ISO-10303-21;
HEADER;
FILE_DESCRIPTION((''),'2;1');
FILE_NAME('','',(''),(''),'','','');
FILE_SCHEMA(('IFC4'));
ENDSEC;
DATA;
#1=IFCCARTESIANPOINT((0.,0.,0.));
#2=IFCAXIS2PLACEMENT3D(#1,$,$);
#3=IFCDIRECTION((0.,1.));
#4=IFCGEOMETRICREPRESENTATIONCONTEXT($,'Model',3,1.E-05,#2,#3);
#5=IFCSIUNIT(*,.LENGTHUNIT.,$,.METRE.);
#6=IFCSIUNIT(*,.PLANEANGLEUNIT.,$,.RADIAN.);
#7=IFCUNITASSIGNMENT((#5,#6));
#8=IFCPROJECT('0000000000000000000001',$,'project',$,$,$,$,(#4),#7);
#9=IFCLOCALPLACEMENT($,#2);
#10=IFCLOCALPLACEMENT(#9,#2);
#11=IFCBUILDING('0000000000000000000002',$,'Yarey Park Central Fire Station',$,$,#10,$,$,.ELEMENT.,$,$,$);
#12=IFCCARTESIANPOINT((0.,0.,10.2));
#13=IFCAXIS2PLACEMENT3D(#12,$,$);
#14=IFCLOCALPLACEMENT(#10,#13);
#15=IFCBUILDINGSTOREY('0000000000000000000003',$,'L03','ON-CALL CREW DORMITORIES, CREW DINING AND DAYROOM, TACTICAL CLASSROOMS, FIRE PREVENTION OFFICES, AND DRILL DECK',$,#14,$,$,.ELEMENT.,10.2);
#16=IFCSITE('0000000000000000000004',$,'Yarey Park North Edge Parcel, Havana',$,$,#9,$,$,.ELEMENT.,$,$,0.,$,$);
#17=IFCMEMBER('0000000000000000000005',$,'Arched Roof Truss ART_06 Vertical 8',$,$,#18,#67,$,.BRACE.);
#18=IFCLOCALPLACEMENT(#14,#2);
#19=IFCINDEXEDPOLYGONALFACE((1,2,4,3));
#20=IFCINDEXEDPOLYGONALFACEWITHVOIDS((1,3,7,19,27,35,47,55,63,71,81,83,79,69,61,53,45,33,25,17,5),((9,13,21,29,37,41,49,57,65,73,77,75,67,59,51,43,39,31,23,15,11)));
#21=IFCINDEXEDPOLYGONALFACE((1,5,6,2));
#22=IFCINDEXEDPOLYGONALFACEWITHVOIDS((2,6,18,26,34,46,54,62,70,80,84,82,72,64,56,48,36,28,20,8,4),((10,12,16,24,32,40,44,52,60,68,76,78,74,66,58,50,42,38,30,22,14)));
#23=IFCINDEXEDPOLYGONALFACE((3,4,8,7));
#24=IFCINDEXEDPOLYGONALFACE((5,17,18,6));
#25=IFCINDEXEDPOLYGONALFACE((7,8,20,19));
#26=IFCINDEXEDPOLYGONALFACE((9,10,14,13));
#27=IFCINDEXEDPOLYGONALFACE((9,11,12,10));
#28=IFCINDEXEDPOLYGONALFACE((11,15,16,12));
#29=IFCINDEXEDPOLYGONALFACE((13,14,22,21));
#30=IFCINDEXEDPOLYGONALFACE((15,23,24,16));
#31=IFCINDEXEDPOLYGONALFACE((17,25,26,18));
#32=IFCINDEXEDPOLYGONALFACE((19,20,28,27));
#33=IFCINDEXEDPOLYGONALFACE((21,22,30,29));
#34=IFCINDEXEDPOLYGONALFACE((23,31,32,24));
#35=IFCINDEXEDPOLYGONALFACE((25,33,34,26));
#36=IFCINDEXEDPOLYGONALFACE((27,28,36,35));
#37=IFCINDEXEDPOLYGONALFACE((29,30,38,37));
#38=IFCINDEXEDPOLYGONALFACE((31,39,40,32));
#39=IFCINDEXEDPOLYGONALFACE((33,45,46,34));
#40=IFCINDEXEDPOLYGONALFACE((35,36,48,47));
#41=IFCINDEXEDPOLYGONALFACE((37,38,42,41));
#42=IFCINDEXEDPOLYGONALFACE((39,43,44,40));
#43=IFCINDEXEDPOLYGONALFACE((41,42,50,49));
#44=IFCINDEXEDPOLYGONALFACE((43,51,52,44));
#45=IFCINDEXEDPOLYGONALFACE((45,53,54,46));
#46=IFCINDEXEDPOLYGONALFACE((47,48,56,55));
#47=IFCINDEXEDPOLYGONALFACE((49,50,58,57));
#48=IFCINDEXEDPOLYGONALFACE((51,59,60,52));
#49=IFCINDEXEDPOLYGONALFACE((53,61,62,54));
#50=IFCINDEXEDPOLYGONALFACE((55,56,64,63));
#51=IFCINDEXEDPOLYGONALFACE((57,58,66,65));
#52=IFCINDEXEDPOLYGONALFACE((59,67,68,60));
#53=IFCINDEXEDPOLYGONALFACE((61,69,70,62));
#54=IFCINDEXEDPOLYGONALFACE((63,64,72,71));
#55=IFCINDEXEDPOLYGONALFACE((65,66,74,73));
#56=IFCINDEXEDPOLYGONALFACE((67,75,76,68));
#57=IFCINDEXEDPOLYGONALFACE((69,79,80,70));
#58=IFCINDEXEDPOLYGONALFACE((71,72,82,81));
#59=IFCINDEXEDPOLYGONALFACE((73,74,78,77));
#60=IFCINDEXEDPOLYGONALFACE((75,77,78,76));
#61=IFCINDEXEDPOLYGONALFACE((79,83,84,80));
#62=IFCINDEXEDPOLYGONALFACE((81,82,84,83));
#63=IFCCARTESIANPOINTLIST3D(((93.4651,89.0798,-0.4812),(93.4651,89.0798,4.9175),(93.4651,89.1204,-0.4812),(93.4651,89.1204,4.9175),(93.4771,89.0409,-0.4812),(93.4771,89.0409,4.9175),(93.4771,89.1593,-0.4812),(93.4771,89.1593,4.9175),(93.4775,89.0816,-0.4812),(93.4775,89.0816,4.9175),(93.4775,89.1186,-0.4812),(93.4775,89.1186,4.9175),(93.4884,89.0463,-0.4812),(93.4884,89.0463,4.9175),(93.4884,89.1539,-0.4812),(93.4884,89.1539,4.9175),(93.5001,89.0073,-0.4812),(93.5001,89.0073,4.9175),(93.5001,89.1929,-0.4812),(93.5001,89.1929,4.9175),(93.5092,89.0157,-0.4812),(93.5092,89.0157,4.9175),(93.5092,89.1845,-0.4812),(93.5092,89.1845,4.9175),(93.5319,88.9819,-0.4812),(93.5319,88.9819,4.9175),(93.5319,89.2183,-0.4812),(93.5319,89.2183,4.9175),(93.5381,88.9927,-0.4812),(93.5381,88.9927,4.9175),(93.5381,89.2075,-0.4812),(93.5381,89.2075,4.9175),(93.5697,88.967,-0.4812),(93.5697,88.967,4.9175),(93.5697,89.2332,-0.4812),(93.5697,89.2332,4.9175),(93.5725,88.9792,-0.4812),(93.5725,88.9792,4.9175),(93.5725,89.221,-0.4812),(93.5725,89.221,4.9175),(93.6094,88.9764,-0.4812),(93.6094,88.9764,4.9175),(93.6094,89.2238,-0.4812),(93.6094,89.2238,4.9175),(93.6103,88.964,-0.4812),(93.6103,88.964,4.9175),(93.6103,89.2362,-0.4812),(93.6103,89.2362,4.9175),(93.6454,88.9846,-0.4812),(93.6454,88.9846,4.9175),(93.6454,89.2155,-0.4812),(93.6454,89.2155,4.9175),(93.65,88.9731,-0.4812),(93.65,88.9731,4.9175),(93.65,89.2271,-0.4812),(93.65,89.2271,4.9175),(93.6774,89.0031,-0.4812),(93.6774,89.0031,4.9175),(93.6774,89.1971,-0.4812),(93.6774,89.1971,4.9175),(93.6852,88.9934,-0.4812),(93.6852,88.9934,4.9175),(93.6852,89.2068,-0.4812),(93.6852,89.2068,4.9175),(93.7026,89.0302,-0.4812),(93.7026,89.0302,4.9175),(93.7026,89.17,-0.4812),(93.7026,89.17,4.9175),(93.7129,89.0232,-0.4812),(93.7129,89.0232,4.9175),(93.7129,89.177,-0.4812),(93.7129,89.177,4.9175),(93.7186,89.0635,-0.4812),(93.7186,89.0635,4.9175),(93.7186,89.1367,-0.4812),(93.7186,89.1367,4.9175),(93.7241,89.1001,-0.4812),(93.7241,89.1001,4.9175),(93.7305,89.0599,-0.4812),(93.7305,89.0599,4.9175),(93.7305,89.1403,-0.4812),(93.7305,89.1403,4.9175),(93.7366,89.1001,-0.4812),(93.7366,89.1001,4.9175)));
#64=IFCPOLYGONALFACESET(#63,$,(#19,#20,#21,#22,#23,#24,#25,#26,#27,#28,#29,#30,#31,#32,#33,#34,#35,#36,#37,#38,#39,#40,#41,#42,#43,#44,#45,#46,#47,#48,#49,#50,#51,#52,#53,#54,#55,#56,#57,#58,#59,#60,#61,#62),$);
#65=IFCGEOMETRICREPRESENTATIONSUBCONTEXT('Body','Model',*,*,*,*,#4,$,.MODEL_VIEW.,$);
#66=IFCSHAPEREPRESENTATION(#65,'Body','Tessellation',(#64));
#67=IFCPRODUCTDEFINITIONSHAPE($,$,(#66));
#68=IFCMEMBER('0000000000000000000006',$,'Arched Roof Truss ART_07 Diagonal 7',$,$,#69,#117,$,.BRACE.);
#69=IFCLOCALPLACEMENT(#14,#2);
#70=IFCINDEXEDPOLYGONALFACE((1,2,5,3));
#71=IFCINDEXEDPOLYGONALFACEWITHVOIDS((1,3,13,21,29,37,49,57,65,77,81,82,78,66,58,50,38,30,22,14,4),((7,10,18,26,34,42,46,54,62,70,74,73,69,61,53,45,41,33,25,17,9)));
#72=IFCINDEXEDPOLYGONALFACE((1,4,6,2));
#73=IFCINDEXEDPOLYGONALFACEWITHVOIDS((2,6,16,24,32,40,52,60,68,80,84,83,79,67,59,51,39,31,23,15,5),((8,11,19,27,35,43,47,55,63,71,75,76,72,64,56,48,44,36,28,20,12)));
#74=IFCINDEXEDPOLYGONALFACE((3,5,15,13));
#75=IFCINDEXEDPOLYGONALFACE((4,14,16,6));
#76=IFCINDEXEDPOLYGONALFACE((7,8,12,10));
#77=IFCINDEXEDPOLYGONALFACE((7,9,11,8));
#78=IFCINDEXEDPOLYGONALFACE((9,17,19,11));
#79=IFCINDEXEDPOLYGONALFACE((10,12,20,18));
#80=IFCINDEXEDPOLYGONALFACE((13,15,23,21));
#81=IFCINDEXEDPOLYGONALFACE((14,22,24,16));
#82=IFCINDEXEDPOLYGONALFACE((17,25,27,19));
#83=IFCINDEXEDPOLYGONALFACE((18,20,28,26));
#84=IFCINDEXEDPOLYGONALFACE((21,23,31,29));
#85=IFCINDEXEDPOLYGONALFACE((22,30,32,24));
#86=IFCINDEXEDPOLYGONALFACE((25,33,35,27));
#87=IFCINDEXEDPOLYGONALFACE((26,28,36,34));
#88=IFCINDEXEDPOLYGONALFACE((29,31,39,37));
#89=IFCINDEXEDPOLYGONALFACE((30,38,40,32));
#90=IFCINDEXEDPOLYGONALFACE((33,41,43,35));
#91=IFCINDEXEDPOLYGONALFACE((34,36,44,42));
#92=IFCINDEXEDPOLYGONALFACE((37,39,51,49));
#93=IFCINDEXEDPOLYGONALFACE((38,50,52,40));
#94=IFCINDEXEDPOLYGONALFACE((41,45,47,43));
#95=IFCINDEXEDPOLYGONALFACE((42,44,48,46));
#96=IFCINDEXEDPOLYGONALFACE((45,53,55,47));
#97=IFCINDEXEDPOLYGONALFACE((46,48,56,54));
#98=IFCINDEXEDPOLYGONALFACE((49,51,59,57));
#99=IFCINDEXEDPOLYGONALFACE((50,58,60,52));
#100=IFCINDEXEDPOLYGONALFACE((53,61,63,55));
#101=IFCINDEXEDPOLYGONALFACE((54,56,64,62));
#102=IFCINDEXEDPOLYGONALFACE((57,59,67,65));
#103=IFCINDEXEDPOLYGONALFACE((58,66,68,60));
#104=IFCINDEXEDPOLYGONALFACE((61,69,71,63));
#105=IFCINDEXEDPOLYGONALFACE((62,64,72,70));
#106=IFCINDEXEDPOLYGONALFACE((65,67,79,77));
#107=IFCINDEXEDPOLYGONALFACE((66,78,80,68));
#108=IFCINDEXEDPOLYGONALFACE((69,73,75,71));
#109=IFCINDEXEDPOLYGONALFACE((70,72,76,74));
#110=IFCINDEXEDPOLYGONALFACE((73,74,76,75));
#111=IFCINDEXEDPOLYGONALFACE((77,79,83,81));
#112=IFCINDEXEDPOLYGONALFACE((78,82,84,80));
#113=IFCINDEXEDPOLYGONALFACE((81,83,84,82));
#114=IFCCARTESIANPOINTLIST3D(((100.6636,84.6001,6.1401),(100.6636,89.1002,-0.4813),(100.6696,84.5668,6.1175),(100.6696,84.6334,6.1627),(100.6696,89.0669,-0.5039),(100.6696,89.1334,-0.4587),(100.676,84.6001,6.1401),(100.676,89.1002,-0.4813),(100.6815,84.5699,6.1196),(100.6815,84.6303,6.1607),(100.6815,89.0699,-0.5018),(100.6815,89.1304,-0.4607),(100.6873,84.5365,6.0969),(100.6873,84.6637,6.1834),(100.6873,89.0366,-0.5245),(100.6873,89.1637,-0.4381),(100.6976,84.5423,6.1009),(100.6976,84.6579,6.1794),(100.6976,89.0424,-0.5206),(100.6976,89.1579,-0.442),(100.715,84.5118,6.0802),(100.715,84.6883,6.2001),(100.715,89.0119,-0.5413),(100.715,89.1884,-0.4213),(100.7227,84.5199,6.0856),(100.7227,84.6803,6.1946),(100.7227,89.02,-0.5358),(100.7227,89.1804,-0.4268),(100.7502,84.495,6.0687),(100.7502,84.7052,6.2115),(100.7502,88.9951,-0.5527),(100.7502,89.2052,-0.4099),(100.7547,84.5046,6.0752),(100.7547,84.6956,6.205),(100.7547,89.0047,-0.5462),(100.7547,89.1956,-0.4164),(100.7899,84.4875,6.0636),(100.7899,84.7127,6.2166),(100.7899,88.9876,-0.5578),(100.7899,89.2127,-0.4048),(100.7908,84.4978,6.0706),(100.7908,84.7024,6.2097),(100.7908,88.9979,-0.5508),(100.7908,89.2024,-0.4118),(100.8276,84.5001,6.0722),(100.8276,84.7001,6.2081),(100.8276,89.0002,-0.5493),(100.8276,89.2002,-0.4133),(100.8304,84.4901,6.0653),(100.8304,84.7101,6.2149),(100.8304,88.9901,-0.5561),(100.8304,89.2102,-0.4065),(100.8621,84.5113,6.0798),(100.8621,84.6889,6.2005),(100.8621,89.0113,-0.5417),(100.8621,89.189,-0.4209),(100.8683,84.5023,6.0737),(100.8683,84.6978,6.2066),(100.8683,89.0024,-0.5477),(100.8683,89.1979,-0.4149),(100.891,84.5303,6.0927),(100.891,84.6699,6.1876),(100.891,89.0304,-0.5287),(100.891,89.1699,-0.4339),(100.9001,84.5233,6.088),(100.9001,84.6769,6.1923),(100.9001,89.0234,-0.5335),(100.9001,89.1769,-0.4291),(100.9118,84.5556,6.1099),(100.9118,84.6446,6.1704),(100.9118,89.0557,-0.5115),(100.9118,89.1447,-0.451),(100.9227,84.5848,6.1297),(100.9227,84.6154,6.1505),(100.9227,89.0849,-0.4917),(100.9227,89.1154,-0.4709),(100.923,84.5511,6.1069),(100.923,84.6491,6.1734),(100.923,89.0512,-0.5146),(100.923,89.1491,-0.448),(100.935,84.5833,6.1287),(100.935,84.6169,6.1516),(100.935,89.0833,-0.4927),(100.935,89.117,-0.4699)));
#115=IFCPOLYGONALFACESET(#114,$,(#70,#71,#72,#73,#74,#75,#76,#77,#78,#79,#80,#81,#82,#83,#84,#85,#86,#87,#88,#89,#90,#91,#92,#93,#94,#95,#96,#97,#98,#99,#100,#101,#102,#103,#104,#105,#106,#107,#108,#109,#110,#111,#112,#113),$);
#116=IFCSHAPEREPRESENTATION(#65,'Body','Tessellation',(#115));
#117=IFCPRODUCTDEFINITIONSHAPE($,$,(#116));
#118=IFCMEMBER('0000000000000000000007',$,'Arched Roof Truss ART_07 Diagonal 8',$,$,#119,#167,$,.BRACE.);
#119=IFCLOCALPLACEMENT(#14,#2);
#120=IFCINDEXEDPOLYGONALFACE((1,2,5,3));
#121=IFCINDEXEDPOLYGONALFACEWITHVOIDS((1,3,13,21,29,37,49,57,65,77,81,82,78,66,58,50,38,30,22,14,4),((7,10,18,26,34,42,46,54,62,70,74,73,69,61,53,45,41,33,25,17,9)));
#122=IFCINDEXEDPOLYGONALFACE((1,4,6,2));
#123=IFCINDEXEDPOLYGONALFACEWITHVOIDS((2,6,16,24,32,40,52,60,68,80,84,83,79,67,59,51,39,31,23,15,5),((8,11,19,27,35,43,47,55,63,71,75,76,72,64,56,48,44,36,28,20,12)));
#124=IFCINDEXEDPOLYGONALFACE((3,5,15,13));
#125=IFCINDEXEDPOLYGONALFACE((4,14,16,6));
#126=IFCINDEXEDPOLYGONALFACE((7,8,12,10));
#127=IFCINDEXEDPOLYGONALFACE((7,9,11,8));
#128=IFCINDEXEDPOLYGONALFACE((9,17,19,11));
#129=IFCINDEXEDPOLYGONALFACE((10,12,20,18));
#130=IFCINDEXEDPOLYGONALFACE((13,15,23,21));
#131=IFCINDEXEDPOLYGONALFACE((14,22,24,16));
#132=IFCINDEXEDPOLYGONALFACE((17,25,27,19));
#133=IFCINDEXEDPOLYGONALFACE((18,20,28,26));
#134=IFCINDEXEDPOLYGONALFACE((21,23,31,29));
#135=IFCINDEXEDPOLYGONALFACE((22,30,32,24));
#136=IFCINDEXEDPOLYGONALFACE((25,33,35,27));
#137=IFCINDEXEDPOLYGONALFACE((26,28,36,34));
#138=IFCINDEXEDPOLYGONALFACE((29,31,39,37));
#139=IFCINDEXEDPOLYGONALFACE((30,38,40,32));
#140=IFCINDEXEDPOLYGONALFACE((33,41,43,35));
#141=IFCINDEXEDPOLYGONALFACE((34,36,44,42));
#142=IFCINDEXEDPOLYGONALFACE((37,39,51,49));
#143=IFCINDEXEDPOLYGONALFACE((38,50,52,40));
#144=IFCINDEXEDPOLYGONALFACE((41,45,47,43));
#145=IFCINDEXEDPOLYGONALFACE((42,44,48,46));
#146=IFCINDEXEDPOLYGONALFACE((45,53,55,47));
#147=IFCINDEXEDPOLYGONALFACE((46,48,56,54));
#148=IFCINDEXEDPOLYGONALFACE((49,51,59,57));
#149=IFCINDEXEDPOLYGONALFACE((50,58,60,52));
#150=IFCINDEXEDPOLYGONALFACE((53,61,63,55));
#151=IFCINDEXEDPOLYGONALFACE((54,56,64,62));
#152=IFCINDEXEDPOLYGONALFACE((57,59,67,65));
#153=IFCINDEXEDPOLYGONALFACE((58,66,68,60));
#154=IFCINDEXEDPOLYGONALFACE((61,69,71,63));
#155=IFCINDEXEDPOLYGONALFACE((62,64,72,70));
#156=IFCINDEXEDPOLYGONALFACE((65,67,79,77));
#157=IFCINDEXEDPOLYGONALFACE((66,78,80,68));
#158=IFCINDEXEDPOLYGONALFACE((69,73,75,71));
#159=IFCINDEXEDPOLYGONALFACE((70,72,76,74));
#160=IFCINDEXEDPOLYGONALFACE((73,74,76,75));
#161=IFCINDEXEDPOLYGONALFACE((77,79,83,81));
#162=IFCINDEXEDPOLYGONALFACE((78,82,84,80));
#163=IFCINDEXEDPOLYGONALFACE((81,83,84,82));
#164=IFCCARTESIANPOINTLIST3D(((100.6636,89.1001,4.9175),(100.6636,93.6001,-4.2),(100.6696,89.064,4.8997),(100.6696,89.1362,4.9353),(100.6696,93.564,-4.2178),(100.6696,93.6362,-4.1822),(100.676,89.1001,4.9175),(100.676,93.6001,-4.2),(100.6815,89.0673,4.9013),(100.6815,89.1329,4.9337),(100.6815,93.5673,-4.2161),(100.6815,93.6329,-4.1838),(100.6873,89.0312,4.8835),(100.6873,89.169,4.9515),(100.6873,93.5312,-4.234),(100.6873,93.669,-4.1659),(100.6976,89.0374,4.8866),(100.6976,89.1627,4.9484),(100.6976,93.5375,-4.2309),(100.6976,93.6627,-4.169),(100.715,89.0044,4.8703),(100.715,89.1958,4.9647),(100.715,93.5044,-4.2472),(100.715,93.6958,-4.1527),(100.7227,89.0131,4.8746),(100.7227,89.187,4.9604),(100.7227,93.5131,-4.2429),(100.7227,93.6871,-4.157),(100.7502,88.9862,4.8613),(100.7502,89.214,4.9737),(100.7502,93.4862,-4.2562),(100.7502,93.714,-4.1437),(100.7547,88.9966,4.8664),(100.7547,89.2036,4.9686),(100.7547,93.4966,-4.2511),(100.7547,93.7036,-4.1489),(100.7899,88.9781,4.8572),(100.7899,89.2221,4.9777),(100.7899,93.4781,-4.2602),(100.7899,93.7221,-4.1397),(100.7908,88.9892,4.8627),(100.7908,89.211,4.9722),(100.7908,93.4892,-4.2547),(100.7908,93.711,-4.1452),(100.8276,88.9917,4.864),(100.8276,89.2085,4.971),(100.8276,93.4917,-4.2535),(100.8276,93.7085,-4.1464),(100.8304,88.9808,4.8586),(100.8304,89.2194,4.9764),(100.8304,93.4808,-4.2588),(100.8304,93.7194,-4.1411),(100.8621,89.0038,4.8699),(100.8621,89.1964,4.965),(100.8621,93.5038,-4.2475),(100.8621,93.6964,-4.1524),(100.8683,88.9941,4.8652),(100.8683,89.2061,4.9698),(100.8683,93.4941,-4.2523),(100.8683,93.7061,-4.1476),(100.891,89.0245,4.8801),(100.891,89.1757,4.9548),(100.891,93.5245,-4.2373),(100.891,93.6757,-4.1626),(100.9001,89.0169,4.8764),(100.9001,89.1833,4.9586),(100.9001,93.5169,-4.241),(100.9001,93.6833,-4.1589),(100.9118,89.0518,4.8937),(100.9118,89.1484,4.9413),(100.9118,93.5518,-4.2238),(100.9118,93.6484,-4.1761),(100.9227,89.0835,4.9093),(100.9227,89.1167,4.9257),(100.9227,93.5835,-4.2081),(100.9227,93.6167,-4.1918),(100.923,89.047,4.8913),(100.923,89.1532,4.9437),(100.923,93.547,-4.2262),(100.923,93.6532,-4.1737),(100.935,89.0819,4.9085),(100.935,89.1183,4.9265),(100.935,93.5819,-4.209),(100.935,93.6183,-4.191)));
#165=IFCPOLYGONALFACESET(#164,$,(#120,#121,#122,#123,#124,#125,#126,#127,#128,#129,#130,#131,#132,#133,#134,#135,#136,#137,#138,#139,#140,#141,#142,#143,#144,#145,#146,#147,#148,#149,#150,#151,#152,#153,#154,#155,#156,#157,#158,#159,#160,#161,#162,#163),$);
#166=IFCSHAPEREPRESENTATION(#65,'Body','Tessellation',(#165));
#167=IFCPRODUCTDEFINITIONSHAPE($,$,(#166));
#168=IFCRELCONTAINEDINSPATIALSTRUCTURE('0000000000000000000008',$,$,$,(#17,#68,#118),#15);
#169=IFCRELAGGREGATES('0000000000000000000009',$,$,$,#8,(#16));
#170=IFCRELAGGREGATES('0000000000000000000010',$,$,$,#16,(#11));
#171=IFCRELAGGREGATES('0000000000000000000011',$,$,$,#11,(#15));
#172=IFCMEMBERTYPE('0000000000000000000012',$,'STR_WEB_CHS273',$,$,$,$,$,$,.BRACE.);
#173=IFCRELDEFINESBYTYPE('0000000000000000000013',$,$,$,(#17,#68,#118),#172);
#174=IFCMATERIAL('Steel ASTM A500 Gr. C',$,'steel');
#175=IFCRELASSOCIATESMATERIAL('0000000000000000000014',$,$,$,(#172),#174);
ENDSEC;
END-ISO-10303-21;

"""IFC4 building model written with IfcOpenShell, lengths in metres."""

from ifc_helpers import new_model, si_unit, direction, frame, origin, origin_2d, place, context, subcontext, project, spatial, hollow_circle, extrude, material, material_profile, profile_set, type_object, element, save


model = new_model("IFC4")

# Units and contexts
model_context = context("Model", 3, precision=1e-05, world=origin(), true_north=direction((0.0, 1.0)))
body_context = subcontext(model_context, "Body", "Model", "MODEL_VIEW")
ifc_project = project(units=[si_unit("LENGTHUNIT", "METRE"), si_unit("PLANEANGLEUNIT", "RADIAN")], contexts=[model_context])

# Site, building, storey
site_placement = place(None, origin())
site = spatial("IfcSite", under=ifc_project, at=site_placement, Name="Yarey Park North Edge Parcel, Havana", CompositionType="ELEMENT", RefElevation=0.0)
building_placement = place(site_placement, origin())
building = spatial("IfcBuilding", under=site, at=building_placement, Name="Yarey Park Central Fire Station", CompositionType="ELEMENT")
storey_placement = place(building_placement, frame((0.0, 0.0, 10.2)))
storey = spatial("IfcBuildingStorey", under=building, at=storey_placement, Name="L03", Description="ON-CALL CREW DORMITORIES, CREW DINING AND DAYROOM, TACTICAL CLASSROOMS, FIRE PREVENTION OFFICES, AND DRILL DECK", CompositionType="ELEMENT", Elevation=10.2)

# Members
ifc_material_1 = material(Name="Steel ASTM A500 Gr. C", Category="steel")
ifc_material_profile_1 = material_profile(ifc_material_1, hollow_circle(Radius=0.1365, WallThickness=0.0125, at=origin_2d()), Name="CHS 273x12.5")
ifc_profile_set_1 = profile_set([ifc_material_profile_1], Name="Steel ASTM A500 Gr. C")
member_type_1 = type_object("IfcMemberType", Name="STR_WEB_CHS273", PredefinedType="BRACE", material=ifc_profile_set_1)
member_1_placement = place(storey_placement, frame((93.6001, 89.1001, -0.4812), z_axis=(0.0, 0.0, 1.0), x_axis=(1.0, 0.0, 0.0)))
element("IfcMember", 1, at=member_1_placement, inside=storey, type_object=member_type_1, Name="Arched Roof Truss ART_06 Vertical 8", PredefinedType="BRACE", context=body_context, shape_type="SweptSolid", body=[
    extrude(hollow_circle(Radius=0.1365, WallThickness=0.0125, at=origin_2d()), origin(), (0.0, 0.0, 1.0), 5.3987),
])
member_2_placement = place(storey_placement, frame((100.8, 84.6001, 6.1401), z_axis=(0.0, 0.562096, -0.827072), x_axis=(-1.0, 0.0, 0.0)))
element("IfcMember", 2, at=member_2_placement, inside=storey, type_object=member_type_1, Name="Arched Roof Truss ART_07 Diagonal 7", PredefinedType="BRACE", context=body_context, shape_type="SweptSolid", body=[
    extrude(hollow_circle(Radius=0.1365, WallThickness=0.0125, at=origin_2d()), origin(), (0.0, 0.0, 1.0), 8.0059),
])
member_3_placement = place(storey_placement, frame((100.8, 89.1001, 4.9175), z_axis=(0.0, 0.442588, -0.896725), x_axis=(-1.0, 0.0, 0.0)))
element("IfcMember", 3, at=member_3_placement, inside=storey, type_object=member_type_1, Name="Arched Roof Truss ART_07 Diagonal 8", PredefinedType="BRACE", context=body_context, shape_type="SweptSolid", body=[
    extrude(hollow_circle(Radius=0.1365, WallThickness=0.0125, at=origin_2d()), origin(), (0.0, 0.0, 1.0), 10.1675),
])

save(model, "model.ifc")
